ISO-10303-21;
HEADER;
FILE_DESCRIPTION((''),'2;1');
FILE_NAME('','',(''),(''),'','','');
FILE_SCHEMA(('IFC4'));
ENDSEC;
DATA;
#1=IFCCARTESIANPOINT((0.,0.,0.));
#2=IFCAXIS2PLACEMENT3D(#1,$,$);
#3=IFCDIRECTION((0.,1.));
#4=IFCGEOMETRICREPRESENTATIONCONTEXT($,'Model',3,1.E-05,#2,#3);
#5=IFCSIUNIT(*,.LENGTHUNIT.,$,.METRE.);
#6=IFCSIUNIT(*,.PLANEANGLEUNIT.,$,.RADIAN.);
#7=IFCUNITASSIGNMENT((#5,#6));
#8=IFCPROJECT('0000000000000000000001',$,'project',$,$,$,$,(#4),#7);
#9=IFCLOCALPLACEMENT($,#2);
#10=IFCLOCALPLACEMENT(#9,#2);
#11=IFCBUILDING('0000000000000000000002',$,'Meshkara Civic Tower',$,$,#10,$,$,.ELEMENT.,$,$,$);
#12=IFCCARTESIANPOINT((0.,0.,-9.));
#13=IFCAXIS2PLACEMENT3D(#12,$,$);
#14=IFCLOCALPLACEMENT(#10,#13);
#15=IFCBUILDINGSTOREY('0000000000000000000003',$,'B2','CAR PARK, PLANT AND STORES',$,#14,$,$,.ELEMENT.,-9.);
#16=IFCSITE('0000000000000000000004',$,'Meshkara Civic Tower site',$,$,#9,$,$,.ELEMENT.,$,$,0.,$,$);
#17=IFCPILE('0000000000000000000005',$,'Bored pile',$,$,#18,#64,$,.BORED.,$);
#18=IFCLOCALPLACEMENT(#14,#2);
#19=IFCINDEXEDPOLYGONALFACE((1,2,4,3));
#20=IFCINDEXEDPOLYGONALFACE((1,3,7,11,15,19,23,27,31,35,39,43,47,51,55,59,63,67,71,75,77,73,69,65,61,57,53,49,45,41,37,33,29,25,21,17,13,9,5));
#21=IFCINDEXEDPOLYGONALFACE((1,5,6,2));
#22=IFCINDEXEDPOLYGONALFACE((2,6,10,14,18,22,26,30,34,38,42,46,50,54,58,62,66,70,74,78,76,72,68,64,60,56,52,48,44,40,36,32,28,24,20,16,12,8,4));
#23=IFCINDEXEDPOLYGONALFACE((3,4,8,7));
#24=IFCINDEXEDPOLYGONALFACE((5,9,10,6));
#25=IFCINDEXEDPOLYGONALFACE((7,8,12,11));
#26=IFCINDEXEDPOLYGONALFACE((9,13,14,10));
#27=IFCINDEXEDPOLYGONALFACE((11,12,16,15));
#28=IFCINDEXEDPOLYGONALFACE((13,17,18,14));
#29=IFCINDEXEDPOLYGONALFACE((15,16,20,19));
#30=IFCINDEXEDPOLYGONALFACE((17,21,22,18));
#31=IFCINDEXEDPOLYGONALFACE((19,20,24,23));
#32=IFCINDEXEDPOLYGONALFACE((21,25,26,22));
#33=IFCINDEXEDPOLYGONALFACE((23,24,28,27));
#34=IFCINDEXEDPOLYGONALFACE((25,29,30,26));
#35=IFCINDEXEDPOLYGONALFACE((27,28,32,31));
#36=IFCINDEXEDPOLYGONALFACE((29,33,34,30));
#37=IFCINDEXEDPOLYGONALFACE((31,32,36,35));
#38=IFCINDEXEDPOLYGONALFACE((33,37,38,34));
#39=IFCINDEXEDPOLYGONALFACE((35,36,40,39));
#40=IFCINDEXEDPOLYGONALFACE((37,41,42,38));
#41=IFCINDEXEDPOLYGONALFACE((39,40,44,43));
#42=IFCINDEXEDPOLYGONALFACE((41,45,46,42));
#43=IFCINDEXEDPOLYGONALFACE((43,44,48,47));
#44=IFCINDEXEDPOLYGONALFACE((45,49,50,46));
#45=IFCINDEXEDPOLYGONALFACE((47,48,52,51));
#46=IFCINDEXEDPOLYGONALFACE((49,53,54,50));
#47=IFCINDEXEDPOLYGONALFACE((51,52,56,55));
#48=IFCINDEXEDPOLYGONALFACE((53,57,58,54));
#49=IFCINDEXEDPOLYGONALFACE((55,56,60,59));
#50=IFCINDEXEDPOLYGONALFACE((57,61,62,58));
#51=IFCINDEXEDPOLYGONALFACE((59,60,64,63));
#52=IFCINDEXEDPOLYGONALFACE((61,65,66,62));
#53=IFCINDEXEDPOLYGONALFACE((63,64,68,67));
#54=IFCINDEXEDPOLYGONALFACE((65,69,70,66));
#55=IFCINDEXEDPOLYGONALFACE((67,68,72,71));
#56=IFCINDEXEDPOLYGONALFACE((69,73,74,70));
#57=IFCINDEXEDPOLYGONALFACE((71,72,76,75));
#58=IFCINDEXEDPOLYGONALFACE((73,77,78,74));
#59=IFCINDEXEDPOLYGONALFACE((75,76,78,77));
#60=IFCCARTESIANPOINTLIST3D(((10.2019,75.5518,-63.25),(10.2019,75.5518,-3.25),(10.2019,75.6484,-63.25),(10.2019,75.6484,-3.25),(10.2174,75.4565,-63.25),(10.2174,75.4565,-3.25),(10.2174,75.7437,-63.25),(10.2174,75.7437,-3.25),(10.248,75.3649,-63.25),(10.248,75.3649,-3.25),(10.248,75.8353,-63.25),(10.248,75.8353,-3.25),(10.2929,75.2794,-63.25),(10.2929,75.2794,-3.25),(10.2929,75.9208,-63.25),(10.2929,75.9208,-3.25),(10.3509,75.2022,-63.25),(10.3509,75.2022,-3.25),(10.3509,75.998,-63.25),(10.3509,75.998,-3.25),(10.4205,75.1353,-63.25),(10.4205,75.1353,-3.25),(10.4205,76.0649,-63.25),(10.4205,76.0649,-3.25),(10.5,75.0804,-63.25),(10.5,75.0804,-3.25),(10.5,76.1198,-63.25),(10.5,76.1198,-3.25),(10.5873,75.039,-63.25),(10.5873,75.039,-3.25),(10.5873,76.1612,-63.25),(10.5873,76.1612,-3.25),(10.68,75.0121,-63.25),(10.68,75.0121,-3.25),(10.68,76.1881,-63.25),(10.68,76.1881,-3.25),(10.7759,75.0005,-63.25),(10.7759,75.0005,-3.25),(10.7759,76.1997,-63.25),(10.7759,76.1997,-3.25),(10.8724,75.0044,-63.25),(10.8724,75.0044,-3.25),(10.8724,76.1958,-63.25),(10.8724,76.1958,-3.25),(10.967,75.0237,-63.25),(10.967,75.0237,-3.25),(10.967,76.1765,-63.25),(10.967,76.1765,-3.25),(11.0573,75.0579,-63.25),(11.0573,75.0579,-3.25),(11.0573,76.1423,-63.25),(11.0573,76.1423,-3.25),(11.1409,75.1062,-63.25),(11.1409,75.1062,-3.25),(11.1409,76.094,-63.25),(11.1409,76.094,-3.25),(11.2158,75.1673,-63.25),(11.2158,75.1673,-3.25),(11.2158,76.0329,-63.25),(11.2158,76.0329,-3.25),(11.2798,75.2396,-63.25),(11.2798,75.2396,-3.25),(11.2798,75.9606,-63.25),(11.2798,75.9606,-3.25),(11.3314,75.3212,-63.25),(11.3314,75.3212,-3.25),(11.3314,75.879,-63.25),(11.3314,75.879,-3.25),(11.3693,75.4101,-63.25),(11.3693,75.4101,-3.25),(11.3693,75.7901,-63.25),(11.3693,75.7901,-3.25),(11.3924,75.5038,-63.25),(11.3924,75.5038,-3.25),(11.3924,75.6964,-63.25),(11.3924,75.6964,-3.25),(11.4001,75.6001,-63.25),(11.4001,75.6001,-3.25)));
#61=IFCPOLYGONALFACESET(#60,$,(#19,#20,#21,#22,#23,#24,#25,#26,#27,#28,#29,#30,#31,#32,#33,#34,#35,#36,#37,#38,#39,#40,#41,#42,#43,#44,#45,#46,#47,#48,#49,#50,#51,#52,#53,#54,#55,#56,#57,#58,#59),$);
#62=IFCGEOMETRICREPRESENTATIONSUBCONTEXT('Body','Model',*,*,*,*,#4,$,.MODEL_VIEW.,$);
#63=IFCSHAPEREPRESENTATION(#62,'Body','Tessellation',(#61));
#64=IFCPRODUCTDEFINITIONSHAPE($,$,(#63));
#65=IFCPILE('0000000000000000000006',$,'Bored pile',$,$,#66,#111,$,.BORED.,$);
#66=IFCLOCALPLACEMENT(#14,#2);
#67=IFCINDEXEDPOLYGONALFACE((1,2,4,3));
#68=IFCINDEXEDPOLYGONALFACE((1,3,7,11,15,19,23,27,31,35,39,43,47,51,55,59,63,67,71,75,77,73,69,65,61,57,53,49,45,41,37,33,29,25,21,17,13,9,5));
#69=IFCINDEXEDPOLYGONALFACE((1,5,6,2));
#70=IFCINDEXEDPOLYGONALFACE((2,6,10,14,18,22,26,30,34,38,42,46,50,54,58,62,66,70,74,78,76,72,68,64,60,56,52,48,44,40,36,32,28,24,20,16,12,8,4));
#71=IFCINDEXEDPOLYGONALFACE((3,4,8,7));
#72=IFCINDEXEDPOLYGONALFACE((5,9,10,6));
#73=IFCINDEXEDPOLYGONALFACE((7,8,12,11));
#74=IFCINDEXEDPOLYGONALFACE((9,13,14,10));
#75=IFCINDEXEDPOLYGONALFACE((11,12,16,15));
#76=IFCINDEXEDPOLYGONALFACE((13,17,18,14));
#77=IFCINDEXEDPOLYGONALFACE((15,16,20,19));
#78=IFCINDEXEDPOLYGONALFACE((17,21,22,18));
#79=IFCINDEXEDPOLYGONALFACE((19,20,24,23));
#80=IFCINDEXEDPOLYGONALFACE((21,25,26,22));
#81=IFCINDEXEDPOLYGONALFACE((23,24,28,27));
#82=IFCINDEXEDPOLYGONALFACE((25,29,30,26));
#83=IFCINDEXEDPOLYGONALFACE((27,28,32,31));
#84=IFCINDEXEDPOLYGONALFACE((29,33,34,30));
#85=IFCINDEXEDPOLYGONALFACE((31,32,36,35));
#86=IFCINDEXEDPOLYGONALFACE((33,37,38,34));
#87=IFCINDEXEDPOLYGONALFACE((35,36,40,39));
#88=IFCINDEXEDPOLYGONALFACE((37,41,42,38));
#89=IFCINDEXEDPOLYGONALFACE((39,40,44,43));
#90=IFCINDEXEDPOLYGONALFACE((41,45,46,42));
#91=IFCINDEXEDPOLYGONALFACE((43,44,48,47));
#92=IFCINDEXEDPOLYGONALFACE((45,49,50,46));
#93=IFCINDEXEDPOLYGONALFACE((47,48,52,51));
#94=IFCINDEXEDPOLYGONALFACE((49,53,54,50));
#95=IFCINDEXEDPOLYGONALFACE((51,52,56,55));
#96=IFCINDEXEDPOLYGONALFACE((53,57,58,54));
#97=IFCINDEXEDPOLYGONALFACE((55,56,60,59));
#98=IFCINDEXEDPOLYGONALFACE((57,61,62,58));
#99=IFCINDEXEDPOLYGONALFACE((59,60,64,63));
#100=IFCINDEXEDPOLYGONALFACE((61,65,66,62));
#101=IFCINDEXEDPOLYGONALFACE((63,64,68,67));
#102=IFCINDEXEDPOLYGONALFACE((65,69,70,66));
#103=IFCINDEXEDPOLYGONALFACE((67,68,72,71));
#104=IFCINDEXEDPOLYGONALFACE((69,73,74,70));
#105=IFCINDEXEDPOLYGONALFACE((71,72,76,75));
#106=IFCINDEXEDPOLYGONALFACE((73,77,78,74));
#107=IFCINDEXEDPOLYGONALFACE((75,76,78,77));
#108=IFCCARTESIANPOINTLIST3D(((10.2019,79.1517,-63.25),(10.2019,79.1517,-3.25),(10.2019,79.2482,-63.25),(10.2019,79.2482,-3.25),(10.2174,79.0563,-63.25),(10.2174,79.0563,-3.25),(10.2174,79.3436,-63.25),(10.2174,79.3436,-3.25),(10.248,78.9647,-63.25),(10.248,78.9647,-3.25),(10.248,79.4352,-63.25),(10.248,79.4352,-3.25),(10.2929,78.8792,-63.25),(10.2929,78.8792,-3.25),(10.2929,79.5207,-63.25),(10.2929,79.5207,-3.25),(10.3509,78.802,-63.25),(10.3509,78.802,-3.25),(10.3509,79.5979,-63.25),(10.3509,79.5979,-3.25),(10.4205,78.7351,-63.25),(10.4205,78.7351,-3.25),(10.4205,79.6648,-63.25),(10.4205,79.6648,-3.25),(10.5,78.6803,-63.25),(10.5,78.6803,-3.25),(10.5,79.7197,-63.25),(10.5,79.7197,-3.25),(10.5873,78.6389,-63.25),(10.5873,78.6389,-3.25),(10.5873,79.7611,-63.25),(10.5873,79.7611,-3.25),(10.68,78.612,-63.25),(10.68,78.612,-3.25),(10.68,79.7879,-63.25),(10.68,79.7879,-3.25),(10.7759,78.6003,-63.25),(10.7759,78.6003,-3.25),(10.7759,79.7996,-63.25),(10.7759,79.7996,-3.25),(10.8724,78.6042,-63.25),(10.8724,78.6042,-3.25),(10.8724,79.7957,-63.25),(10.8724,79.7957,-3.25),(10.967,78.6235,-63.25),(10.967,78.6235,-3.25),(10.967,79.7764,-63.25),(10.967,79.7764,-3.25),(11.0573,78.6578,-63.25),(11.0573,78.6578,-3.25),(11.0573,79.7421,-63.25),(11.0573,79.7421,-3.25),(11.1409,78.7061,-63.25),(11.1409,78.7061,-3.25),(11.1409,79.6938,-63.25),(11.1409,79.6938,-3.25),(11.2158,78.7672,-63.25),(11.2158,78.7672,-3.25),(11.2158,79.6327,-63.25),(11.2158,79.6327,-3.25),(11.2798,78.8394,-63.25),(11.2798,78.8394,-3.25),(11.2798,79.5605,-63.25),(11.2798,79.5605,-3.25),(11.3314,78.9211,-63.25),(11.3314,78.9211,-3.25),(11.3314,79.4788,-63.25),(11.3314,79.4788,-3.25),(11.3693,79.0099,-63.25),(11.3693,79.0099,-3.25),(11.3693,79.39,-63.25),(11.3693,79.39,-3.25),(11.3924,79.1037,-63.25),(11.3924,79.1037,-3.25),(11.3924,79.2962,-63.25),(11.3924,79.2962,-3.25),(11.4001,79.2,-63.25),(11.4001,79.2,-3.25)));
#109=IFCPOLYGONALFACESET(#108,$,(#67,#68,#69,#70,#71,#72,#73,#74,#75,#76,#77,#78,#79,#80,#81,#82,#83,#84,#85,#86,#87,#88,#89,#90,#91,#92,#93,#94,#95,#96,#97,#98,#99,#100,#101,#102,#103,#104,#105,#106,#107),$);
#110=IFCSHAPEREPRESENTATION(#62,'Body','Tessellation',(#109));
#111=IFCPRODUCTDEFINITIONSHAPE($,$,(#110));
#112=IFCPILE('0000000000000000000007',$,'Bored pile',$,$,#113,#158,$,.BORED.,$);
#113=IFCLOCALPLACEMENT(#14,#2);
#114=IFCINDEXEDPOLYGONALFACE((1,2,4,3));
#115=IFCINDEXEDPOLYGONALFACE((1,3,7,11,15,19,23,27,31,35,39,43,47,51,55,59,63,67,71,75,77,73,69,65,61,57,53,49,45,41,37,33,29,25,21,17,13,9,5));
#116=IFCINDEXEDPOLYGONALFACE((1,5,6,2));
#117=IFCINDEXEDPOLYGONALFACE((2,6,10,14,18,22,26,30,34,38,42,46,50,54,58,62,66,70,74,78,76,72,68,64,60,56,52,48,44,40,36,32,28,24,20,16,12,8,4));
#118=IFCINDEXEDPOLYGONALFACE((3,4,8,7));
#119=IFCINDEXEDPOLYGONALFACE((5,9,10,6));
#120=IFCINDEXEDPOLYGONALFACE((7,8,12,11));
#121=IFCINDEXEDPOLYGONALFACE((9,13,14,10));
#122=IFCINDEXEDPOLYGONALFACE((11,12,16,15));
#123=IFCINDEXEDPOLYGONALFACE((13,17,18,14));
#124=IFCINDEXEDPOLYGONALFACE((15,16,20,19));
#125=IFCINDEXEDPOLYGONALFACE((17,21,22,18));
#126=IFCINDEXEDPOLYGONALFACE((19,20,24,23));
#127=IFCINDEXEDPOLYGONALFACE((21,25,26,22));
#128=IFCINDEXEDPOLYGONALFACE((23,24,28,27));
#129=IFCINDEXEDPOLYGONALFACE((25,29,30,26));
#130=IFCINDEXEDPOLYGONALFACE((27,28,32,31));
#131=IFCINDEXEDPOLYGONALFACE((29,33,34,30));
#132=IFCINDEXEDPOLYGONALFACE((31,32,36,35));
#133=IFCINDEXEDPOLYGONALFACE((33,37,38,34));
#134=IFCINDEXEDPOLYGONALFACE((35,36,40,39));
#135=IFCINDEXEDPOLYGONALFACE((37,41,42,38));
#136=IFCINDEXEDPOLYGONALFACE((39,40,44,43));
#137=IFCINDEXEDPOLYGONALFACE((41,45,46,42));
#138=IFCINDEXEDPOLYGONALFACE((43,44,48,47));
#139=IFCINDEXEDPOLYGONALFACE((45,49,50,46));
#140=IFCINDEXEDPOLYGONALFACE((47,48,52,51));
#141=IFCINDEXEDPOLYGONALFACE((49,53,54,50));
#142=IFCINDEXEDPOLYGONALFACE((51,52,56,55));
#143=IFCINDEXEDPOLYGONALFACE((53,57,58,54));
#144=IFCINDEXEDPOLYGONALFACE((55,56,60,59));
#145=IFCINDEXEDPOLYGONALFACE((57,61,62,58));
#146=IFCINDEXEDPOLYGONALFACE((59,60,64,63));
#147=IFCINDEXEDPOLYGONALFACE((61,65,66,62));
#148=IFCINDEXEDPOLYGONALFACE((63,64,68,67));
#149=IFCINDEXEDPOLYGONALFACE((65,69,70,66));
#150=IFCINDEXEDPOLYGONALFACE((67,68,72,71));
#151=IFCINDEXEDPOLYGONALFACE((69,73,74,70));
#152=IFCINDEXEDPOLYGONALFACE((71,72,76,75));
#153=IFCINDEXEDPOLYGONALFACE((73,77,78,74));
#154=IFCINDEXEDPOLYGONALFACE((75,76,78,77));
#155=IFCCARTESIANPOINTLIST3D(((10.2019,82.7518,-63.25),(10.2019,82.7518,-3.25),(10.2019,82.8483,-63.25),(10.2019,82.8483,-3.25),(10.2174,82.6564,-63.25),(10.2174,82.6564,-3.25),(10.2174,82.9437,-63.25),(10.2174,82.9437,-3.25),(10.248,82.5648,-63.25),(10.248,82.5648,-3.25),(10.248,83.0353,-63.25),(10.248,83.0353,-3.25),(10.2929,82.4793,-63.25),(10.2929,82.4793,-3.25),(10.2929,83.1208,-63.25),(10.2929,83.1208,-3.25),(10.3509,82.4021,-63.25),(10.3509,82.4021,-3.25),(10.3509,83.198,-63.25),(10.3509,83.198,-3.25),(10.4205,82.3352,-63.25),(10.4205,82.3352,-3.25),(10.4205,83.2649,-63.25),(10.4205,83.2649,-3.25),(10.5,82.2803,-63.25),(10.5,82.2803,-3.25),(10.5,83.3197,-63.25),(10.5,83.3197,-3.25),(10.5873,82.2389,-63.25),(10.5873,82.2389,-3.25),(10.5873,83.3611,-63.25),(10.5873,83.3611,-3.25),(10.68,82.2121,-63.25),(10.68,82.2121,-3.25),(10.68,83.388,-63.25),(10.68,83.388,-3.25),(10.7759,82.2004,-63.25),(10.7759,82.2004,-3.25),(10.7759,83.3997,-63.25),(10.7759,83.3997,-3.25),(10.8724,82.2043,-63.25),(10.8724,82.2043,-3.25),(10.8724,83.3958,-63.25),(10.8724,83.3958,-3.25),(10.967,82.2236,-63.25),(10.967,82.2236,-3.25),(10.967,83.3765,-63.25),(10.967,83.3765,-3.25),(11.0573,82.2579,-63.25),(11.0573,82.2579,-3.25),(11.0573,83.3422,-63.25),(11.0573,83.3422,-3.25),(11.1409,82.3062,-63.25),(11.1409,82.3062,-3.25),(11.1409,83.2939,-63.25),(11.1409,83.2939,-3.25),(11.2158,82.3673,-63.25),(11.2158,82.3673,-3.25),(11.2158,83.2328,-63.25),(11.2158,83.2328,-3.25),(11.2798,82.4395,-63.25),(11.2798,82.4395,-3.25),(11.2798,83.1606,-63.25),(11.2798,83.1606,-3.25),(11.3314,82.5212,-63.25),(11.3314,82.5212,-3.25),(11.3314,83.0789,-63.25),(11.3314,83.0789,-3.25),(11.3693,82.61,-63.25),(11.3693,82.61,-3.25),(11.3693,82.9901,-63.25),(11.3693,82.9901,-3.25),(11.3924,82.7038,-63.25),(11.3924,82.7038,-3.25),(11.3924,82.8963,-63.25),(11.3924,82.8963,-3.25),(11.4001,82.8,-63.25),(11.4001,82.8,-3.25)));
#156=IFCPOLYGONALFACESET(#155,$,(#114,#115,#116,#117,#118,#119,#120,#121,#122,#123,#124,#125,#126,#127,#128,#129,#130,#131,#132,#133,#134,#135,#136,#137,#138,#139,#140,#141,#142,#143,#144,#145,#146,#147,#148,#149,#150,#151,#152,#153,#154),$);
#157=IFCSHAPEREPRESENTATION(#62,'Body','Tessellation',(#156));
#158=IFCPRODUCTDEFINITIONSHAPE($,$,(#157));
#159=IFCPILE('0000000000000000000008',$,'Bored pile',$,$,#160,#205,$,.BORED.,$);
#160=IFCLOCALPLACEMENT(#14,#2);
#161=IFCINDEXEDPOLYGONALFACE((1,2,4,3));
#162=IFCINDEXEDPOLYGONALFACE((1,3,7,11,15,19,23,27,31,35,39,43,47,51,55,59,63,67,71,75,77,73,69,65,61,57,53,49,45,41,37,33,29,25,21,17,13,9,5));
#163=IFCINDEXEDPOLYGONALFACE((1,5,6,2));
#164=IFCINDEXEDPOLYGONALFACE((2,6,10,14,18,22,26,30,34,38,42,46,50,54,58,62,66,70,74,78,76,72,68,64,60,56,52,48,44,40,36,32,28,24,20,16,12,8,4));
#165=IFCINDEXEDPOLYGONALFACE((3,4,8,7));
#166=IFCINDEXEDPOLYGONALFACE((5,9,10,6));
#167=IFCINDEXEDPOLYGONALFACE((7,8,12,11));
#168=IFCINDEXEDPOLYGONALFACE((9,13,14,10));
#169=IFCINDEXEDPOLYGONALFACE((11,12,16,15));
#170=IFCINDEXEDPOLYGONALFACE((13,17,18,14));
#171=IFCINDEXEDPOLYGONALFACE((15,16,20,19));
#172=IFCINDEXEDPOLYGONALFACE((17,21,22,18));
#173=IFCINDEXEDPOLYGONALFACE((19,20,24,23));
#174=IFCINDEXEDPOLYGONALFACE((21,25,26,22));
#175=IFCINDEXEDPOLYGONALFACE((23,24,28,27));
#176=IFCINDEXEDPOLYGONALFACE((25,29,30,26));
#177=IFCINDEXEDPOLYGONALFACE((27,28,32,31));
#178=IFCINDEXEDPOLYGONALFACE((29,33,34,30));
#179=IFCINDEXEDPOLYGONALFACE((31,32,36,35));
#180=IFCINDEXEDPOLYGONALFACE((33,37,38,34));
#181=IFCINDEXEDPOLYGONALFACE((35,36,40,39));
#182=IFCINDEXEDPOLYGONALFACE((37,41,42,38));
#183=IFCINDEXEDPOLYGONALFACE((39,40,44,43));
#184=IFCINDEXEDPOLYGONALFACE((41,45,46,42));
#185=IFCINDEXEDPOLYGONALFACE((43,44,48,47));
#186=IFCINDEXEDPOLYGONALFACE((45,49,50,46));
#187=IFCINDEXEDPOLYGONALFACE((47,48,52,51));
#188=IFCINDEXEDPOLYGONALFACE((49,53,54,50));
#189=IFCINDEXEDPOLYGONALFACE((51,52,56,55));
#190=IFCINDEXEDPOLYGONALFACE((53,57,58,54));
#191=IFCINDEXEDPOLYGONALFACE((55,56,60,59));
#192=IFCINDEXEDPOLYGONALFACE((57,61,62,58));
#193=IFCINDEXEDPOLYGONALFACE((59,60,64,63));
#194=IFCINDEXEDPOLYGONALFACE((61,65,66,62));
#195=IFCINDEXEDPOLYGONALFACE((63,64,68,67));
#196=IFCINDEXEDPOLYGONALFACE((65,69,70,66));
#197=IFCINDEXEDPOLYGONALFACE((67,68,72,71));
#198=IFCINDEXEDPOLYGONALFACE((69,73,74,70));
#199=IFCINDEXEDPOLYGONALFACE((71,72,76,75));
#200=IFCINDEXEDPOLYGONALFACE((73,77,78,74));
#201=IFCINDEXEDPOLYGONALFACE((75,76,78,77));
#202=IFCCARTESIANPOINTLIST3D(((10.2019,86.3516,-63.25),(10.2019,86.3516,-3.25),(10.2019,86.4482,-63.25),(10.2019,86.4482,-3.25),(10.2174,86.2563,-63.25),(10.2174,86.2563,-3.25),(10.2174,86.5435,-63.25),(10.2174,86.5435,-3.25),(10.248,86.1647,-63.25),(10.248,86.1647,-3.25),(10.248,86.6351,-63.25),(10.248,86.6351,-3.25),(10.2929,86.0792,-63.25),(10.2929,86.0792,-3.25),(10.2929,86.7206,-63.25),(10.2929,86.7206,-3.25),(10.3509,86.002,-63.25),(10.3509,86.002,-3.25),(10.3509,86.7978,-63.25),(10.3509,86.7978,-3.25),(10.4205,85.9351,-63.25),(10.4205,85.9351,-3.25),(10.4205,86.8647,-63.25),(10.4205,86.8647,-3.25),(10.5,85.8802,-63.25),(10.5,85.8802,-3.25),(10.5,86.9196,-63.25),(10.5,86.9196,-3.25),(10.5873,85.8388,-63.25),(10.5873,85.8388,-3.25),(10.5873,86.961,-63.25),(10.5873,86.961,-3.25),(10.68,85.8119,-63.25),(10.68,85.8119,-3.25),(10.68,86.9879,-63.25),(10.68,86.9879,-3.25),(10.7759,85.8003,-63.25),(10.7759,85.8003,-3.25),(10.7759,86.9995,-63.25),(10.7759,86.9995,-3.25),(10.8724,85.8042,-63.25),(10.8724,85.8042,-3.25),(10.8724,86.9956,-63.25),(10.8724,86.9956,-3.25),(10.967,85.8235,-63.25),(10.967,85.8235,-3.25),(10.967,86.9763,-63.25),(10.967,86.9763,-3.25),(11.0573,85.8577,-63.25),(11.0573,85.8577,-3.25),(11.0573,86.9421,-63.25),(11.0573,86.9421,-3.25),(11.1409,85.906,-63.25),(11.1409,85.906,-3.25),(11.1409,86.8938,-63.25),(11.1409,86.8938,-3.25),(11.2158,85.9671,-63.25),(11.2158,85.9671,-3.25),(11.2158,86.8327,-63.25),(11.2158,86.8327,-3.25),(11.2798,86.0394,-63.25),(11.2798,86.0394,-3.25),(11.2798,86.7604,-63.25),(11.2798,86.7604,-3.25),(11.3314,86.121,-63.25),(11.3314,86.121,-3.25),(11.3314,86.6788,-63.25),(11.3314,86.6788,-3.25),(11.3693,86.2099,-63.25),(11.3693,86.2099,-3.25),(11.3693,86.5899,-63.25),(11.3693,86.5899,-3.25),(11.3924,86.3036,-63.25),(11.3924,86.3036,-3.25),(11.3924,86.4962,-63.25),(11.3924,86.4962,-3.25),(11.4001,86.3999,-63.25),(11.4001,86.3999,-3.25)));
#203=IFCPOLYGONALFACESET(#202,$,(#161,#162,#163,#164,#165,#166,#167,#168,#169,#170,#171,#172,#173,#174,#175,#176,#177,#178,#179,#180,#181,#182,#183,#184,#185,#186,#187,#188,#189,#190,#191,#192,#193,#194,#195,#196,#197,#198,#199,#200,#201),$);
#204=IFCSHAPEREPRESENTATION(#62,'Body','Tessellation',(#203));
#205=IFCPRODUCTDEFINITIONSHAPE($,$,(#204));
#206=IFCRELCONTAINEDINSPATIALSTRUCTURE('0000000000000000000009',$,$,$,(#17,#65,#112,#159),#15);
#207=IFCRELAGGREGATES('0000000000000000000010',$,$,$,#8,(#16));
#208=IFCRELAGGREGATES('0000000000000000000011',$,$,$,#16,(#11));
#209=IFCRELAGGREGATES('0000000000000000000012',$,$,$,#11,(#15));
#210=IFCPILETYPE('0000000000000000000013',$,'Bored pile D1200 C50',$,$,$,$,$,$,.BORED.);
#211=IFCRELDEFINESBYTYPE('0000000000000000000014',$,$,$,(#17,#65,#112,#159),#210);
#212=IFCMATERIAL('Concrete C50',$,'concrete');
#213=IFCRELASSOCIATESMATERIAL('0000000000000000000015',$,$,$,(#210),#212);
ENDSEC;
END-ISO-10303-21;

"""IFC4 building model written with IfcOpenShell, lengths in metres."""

from ifc_helpers import new_model, si_unit, direction, frame, origin, origin_2d, place, context, subcontext, project, spatial, circle, extrude, material, material_profile, profile_set, type_object, element, save


model = new_model("IFC4")

# Units and contexts
model_context = context("Model", 3, precision=1e-05, world=origin(), true_north=direction((0.0, 1.0)))
body_context = subcontext(model_context, "Body", "Model", "MODEL_VIEW")
ifc_project = project(units=[si_unit("LENGTHUNIT", "METRE"), si_unit("PLANEANGLEUNIT", "RADIAN")], contexts=[model_context])

# Site, building, storey
site_placement = place(None, origin())
site = spatial("IfcSite", under=ifc_project, at=site_placement, Name="Meshkara Civic Tower site", CompositionType="ELEMENT", RefElevation=0.0)
building_placement = place(site_placement, origin())
building = spatial("IfcBuilding", under=site, at=building_placement, Name="Meshkara Civic Tower", CompositionType="ELEMENT")
storey_placement = place(building_placement, frame((0.0, 0.0, -9.0)))
storey = spatial("IfcBuildingStorey", under=building, at=storey_placement, Name="B2", Description="CAR PARK, PLANT AND STORES", CompositionType="ELEMENT", Elevation=-9.0)

# Piles
ifc_material_1 = material(Name="Concrete C50", Category="concrete")
ifc_material_profile_1 = material_profile(ifc_material_1, circle(Radius=0.6001, at=origin_2d()))
ifc_profile_set_1 = profile_set([ifc_material_profile_1], Name="Concrete C50")
pile_type = type_object("IfcPileType", Name="Bored pile D1200 C50", PredefinedType="BORED", material=ifc_profile_set_1)
for number, where, z_axis, x_axis, name in (
    (1, (10.8, 75.6001, -3.25), (0.0, 0.0, -1.0), (1.0, 0.0, 0.0), "Bored pile"),
    (2, (10.8, 79.2, -3.25), (0.0, 0.0, -1.0), (1.0, 0.0, 0.0), "Bored pile"),
    (3, (10.8, 82.8, -3.25), (0.0, 0.0, -1.0), (1.0, 0.0, 0.0), "Bored pile"),
    (4, (10.8, 86.3999, -3.25), (0.0, 0.0, -1.0), (1.0, 0.0, 0.0), "Bored pile"),
):
    element("IfcPile", number, at=place(storey_placement, frame(where, z_axis=z_axis, x_axis=x_axis)), inside=storey, type_object=pile_type, Name=name, PredefinedType="BORED", context=body_context, shape_type="SweptSolid", body=[
        extrude(circle(Radius=0.6001, at=origin_2d()), origin(), (0.0, 0.0, 1.0), 60.0),
    ])

save(model, "model.ifc")
